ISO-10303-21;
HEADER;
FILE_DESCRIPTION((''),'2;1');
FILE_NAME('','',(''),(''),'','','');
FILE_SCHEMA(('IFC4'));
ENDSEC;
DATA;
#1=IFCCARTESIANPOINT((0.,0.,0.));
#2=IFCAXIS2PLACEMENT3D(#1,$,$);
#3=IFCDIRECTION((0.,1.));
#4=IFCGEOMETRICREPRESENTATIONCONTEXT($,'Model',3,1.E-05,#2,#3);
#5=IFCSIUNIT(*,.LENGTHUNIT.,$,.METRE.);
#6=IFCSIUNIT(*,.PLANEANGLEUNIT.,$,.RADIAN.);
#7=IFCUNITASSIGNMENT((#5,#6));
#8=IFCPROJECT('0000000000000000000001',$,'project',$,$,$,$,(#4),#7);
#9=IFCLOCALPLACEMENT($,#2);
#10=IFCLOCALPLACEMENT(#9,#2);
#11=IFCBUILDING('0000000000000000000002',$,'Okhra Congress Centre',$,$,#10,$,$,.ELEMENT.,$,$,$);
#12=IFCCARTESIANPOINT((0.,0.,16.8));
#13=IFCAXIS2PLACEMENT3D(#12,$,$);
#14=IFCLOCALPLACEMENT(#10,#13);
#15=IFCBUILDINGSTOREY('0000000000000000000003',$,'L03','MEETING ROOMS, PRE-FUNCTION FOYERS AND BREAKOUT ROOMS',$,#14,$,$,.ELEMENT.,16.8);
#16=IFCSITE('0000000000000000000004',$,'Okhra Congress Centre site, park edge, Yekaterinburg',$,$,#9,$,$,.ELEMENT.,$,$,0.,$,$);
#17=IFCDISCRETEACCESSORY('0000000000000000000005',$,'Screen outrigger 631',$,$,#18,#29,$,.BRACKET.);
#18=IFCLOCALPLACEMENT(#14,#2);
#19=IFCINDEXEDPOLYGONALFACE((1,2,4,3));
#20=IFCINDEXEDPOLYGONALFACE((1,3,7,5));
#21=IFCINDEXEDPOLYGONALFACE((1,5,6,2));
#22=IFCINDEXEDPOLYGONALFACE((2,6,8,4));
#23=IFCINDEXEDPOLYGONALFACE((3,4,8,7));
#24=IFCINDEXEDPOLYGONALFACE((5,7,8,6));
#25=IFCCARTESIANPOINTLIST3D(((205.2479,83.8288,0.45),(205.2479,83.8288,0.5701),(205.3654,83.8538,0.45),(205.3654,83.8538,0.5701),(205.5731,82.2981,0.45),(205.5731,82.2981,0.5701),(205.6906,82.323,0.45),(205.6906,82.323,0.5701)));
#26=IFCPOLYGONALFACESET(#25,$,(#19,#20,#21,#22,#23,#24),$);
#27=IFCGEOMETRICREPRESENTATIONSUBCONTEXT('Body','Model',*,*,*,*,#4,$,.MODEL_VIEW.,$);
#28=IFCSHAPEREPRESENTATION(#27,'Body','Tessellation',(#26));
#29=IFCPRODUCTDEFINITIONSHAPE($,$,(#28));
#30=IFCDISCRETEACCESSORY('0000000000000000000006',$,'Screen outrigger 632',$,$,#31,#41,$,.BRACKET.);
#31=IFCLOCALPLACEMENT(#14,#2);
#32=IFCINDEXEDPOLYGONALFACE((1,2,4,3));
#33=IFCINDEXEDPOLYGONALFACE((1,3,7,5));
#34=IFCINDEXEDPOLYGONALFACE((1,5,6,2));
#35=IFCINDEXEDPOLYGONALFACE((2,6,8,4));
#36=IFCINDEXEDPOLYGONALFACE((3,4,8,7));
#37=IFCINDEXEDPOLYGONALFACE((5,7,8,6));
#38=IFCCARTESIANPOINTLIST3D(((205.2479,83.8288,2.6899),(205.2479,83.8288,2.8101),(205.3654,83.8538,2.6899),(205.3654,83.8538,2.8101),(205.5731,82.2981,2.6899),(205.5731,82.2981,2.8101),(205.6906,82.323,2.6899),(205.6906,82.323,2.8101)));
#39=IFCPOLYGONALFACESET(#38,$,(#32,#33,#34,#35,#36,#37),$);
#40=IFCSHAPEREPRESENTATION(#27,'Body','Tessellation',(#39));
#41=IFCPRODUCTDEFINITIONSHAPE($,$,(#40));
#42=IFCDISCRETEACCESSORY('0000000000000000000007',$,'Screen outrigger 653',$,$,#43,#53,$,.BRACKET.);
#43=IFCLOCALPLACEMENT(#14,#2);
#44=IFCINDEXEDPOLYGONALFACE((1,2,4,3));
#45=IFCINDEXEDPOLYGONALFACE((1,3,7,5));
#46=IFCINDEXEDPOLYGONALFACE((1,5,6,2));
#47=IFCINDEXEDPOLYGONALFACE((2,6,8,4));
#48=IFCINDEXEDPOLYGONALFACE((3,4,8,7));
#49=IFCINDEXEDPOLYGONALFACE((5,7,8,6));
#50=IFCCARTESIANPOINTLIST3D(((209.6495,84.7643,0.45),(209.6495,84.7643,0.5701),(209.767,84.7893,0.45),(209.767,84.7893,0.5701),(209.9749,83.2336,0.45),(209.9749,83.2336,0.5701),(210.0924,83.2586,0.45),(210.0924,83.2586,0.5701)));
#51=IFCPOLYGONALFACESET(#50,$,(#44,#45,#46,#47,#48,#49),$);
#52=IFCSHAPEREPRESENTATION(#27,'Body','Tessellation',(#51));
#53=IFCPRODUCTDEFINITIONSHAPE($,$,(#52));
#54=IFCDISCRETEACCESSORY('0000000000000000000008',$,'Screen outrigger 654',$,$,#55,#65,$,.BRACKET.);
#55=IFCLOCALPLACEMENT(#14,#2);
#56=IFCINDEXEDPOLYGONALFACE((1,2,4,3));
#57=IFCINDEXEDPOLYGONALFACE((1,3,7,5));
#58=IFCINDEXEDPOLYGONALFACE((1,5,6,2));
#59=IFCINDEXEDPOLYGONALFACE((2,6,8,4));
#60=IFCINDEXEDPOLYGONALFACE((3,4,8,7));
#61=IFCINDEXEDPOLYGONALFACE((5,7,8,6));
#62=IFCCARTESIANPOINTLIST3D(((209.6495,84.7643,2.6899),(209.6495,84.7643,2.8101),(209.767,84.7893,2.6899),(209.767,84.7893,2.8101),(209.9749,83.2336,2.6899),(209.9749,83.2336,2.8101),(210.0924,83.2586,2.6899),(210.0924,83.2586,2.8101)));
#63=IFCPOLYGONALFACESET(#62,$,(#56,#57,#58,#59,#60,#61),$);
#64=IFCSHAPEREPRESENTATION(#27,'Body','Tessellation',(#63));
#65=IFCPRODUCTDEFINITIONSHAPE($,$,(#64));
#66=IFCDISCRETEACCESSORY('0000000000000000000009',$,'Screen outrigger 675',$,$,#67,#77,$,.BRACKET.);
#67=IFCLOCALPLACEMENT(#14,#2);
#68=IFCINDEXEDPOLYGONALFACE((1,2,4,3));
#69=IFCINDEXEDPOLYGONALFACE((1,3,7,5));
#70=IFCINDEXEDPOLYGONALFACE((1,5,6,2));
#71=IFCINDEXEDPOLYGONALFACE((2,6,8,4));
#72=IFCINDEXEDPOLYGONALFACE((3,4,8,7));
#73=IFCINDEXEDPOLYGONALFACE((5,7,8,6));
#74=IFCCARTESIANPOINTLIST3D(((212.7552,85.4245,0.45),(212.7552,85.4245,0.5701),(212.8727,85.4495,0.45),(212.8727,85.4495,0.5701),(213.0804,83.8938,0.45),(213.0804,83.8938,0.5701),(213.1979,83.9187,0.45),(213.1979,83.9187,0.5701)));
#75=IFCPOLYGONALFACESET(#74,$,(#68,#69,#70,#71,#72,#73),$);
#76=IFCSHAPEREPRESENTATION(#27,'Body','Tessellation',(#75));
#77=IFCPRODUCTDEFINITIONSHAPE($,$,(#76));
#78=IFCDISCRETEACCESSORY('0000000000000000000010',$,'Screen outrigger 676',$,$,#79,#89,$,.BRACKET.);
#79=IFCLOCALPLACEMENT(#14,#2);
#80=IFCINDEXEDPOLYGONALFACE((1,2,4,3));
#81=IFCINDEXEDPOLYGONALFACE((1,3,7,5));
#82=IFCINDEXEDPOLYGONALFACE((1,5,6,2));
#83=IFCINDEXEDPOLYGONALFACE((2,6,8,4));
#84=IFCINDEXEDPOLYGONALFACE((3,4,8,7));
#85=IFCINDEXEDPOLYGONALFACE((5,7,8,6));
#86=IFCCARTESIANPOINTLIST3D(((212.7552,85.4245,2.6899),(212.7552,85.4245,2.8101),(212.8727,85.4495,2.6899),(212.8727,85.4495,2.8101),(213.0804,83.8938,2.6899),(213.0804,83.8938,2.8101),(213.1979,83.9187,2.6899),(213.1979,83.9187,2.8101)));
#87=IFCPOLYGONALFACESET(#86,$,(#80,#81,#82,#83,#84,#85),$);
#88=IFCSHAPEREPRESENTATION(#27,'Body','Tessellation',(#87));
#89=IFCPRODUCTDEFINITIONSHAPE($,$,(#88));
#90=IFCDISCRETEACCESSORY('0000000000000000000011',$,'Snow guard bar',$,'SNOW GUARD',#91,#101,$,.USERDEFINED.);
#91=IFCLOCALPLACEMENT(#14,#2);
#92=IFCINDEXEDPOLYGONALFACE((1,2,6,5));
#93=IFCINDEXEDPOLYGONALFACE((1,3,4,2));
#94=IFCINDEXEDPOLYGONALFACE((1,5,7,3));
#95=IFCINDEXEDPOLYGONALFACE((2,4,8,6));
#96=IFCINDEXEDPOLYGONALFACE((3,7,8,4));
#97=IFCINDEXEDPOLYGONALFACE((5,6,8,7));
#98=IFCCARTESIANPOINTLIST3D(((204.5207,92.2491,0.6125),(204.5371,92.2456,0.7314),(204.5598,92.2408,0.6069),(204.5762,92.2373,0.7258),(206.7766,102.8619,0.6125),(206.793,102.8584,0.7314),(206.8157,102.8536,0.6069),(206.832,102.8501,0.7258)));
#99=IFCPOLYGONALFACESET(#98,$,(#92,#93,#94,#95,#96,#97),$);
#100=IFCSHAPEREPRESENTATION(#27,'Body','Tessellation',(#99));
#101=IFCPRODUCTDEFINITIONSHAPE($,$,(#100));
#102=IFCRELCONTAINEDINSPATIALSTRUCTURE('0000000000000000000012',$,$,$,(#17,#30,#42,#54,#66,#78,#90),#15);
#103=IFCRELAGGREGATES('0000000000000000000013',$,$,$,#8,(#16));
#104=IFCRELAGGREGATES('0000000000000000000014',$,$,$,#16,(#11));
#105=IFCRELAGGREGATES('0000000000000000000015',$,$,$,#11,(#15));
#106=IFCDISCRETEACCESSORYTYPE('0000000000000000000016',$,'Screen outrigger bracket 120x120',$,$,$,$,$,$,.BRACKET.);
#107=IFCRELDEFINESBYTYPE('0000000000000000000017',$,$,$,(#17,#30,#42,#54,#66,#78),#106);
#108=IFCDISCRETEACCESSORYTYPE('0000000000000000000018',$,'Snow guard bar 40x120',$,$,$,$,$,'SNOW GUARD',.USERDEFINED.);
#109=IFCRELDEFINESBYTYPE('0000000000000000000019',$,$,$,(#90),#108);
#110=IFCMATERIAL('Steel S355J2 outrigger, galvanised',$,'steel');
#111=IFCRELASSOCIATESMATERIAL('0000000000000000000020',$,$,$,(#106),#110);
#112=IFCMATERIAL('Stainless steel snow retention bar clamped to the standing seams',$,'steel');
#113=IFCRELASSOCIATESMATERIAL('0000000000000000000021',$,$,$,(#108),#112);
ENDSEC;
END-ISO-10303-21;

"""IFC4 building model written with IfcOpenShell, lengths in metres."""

from ifc_helpers import new_model, si_unit, direction, frame, origin, origin_2d, place, context, subcontext, project, spatial, polyline, rectangle, outline, extrude, material, material_profile, profile_set, type_object, element, save


model = new_model("IFC4")

# Units and contexts
model_context = context("Model", 3, precision=1e-05, world=origin(), true_north=direction((0.0, 1.0)))
body_context = subcontext(model_context, "Body", "Model", "MODEL_VIEW")
ifc_project = project(units=[si_unit("LENGTHUNIT", "METRE"), si_unit("PLANEANGLEUNIT", "RADIAN")], contexts=[model_context])

# Site, building, storey
site_placement = place(None, origin())
site = spatial("IfcSite", under=ifc_project, at=site_placement, Name="Okhra Congress Centre site, park edge, Yekaterinburg", CompositionType="ELEMENT", RefElevation=0.0)
building_placement = place(site_placement, origin())
building = spatial("IfcBuilding", under=site, at=building_placement, Name="Okhra Congress Centre", CompositionType="ELEMENT")
storey_placement = place(building_placement, frame((0.0, 0.0, 16.8)))
storey = spatial("IfcBuildingStorey", under=building, at=storey_placement, Name="L03", Description="MEETING ROOMS, PRE-FUNCTION FOYERS AND BREAKOUT ROOMS", CompositionType="ELEMENT", Elevation=16.8)

# Discrete accessories
ifc_material_1 = material(Name="Steel S355J2 outrigger, galvanised", Category="steel")
ifc_material_profile_1 = material_profile(ifc_material_1, rectangle(XDim=0.1201, YDim=0.1201, at=origin_2d()), Name="Screen outrigger bracket 120x120")
ifc_profile_set_1 = profile_set([ifc_material_profile_1], Name="Steel S355J2 outrigger, galvanised")
discrete_accessory_type_1 = type_object("IfcDiscreteAccessoryType", Name="Screen outrigger bracket 120x120", PredefinedType="BRACKET", material=ifc_profile_set_1)
for number, where, z_axis, x_axis, name in (
    (1, (205.6318, 82.3105, 0.51), (-0.207803, 0.978171, 0.0), (-0.978171, -0.207803, 0.0), "Screen outrigger 631"),
    (2, (205.6318, 82.3105, 2.75), (-0.207803, 0.978171, 0.0), (-0.978171, -0.207803, 0.0), "Screen outrigger 632"),
    (3, (210.0337, 83.2461, 0.51), (-0.207952, 0.978139, 0.0), (-0.978139, -0.207952, 0.0), "Screen outrigger 653"),
    (4, (210.0337, 83.2461, 2.75), (-0.207952, 0.978139, 0.0), (-0.978139, -0.207952, 0.0), "Screen outrigger 654"),
    (5, (213.1392, 83.9062, 0.51), (-0.207803, 0.978171, 0.0), (-0.978171, -0.207803, 0.0), "Screen outrigger 675"),
    (6, (213.1392, 83.9062, 2.75), (-0.207803, 0.978171, 0.0), (-0.978171, -0.207803, 0.0), "Screen outrigger 676"),
):
    element("IfcDiscreteAccessory", number, at=place(storey_placement, frame(where, z_axis=z_axis, x_axis=x_axis)), inside=storey, type_object=discrete_accessory_type_1, Name=name, PredefinedType="BRACKET", context=body_context, shape_type="SweptSolid", body=[
        extrude(rectangle(XDim=0.1201, YDim=0.1201, at=origin_2d()), origin(), (0.0, 0.0, 1.0), 1.5649),
    ])
ifc_material_2 = material(Name="Stainless steel snow retention bar clamped to the standing seams", Category="steel")
discrete_accessory_type_2 = type_object("IfcDiscreteAccessoryType", Name="Snow guard bar 40x120", ElementType="SNOW GUARD", PredefinedType="USERDEFINED", material=ifc_material_2)
discrete_accessory_1_placement = place(storey_placement, frame((204.5371, 92.2456, 0.7314), z_axis=(0.136198, -0.02895, 0.990259), x_axis=(0.96863, -0.205834, -0.139241)))
element("IfcDiscreteAccessory", 7, at=discrete_accessory_1_placement, inside=storey, type_object=discrete_accessory_type_2, Name="Snow guard bar", ObjectType="SNOW GUARD", PredefinedType="USERDEFINED", context=body_context, shape_type="SweptSolid", body=[
    extrude(outline(polyline([(0.0, 0.0), (0.0403, 0.0), (0.0409, 10.8499), (0.0006, 10.8499), (0.0, 0.0)])), origin(), (0.0, 0.0, -1.0), 0.1201),
])

save(model, "model.ifc")
